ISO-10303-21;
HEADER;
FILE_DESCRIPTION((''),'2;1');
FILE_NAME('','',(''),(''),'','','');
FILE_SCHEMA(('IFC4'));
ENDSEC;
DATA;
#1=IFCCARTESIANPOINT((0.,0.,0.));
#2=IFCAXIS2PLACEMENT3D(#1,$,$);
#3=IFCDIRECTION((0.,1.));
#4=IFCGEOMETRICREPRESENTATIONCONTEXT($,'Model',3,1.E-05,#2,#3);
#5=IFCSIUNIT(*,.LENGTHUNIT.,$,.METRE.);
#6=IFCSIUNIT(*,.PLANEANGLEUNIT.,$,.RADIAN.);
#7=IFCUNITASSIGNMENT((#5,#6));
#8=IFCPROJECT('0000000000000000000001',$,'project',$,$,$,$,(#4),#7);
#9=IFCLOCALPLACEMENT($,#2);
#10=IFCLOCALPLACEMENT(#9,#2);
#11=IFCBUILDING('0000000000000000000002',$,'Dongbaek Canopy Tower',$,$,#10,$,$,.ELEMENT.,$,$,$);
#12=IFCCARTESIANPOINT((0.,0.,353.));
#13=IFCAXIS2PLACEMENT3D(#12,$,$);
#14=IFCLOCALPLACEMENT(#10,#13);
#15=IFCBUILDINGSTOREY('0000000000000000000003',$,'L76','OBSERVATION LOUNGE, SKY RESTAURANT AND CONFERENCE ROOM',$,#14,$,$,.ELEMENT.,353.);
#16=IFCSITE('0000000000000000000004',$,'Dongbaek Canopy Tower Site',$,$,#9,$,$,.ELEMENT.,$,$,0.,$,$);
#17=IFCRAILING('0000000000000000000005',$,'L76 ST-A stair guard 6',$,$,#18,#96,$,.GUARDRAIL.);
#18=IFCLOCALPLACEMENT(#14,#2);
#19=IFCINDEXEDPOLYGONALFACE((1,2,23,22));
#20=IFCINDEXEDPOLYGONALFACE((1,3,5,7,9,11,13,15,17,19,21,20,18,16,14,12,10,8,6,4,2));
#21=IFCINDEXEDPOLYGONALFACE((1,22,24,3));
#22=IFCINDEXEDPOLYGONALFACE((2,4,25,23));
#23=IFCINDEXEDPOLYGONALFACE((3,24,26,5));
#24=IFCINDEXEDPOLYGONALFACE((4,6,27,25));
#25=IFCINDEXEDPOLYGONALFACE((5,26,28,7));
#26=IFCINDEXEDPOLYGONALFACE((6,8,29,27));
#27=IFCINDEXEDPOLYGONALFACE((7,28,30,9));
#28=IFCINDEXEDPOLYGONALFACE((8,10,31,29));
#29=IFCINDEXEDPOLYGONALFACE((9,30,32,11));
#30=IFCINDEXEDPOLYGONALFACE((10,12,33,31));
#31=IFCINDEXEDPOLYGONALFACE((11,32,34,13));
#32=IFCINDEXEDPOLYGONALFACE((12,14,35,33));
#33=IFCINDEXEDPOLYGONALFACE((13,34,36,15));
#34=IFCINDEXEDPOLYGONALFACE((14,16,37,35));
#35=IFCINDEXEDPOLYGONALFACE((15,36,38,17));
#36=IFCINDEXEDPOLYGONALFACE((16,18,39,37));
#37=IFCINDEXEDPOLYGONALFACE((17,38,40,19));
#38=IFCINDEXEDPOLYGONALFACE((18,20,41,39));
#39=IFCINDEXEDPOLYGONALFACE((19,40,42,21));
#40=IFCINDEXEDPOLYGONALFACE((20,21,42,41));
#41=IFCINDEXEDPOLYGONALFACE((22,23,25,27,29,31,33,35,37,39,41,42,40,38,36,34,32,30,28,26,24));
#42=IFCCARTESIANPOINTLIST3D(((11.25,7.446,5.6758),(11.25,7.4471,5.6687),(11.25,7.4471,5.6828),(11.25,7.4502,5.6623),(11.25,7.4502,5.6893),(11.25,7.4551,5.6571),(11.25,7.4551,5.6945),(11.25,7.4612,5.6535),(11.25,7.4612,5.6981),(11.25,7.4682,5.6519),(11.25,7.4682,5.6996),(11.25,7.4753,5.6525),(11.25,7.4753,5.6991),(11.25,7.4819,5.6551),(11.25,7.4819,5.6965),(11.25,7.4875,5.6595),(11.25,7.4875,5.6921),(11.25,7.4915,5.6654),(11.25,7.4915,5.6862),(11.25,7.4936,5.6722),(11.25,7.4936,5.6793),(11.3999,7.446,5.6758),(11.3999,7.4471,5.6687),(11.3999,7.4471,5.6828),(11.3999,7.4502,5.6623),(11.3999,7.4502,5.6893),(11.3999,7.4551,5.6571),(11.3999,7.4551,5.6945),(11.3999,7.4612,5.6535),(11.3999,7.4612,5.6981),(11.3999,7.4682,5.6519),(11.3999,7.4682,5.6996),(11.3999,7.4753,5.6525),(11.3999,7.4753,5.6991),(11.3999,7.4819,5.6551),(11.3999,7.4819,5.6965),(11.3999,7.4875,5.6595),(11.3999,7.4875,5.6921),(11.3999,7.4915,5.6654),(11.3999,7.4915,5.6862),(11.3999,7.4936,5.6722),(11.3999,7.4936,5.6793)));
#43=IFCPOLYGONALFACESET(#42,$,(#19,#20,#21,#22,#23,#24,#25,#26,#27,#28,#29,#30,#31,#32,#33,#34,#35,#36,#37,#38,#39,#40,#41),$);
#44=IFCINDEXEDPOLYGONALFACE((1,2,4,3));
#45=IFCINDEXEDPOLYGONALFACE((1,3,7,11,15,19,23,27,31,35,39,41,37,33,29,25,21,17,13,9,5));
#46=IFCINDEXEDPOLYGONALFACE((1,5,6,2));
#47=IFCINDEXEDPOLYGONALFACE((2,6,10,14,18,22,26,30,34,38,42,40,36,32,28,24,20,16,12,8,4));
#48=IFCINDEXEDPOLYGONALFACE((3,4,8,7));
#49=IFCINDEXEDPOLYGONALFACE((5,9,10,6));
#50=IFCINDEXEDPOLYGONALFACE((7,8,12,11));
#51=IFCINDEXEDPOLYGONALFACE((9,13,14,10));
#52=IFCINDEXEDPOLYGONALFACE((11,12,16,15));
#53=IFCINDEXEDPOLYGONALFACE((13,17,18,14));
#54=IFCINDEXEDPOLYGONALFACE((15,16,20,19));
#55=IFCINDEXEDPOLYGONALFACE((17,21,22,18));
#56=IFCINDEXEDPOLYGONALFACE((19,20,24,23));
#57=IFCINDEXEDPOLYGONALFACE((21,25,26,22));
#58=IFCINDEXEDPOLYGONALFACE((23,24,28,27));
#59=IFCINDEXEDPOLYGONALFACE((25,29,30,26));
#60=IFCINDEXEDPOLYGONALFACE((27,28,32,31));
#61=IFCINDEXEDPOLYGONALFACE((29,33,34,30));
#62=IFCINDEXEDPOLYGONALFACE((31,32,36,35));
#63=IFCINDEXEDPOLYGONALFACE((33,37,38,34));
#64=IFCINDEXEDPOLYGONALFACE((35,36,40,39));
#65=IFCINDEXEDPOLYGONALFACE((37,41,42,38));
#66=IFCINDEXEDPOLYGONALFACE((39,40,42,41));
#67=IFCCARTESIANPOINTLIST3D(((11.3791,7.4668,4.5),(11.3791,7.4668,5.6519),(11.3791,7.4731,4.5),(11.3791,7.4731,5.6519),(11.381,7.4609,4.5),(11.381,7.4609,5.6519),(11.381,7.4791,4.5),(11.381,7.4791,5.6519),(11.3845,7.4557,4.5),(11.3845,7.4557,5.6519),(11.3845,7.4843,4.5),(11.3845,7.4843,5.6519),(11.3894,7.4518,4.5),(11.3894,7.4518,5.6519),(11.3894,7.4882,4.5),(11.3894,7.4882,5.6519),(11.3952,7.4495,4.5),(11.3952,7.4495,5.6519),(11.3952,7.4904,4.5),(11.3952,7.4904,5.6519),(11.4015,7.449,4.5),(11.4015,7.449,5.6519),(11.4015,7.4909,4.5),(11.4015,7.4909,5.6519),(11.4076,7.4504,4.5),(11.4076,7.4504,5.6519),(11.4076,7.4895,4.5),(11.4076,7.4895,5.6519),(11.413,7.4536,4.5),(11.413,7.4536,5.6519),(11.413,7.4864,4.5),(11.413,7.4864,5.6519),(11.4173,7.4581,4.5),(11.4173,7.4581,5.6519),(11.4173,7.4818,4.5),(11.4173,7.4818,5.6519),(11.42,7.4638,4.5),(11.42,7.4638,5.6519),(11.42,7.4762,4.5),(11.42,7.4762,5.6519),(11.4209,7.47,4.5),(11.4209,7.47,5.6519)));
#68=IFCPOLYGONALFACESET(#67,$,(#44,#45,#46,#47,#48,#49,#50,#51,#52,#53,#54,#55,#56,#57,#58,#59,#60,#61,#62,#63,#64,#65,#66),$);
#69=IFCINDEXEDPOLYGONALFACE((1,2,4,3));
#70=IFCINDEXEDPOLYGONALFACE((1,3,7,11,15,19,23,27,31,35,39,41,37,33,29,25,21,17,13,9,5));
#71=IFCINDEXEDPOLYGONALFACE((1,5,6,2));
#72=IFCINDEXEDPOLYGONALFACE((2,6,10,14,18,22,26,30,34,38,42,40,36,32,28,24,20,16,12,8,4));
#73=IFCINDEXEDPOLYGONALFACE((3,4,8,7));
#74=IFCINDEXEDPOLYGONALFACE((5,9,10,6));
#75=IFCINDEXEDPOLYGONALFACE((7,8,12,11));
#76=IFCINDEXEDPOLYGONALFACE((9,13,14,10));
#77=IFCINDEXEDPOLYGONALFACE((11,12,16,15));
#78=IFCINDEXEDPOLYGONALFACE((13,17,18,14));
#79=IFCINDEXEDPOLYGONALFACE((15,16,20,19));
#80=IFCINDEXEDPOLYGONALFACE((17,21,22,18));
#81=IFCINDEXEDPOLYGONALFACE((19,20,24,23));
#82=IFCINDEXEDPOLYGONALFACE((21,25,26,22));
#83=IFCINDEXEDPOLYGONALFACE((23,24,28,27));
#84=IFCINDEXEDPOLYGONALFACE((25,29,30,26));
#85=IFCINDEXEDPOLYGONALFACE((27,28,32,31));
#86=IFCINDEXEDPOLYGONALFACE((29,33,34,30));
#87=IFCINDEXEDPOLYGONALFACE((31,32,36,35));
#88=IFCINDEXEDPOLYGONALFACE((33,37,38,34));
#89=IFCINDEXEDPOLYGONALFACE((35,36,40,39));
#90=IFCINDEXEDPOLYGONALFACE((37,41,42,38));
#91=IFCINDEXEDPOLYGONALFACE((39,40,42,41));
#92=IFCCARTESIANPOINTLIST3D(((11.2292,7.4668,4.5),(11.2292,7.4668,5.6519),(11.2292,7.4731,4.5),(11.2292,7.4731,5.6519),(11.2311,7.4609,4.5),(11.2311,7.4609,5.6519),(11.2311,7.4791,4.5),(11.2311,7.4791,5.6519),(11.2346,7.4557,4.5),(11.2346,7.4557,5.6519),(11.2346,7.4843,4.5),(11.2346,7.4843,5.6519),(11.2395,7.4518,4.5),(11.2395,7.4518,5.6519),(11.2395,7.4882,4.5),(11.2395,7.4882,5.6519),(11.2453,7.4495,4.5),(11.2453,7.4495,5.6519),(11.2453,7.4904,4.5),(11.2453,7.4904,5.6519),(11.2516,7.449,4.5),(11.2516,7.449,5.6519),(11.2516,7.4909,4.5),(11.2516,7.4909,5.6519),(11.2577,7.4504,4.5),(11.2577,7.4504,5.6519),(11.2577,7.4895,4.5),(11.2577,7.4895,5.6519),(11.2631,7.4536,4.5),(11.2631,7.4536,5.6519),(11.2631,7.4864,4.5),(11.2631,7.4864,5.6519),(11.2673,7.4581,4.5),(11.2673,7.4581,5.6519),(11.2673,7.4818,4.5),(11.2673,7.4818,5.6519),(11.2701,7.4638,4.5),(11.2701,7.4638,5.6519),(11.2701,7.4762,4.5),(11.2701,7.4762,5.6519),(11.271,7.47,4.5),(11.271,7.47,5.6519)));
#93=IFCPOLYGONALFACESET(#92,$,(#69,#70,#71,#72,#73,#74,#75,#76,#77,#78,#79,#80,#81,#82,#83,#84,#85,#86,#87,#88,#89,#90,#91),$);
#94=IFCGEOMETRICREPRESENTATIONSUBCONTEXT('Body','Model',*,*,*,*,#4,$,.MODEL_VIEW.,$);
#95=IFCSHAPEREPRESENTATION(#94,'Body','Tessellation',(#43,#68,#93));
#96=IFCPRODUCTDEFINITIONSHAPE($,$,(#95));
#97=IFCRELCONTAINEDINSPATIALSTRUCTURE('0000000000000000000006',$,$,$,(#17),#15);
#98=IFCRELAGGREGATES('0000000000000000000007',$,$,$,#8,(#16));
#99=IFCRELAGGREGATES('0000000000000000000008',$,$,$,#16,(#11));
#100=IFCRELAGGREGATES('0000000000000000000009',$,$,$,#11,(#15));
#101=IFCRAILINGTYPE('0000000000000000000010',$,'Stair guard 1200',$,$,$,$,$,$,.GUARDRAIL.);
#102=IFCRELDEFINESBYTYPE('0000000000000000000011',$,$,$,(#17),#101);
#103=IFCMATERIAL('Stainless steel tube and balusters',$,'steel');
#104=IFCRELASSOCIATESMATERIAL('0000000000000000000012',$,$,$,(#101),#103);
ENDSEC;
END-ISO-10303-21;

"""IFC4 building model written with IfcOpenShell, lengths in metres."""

from ifc_helpers import new_model, si_unit, direction, frame, origin, origin_2d, place, context, subcontext, project, spatial, circle, extrude, material, type_object, element, save


model = new_model("IFC4")

# Units and contexts
model_context = context("Model", 3, precision=1e-05, world=origin(), true_north=direction((0.0, 1.0)))
body_context = subcontext(model_context, "Body", "Model", "MODEL_VIEW")
ifc_project = project(units=[si_unit("LENGTHUNIT", "METRE"), si_unit("PLANEANGLEUNIT", "RADIAN")], contexts=[model_context])

# Site, building, storey
site_placement = place(None, origin())
site = spatial("IfcSite", under=ifc_project, at=site_placement, Name="Dongbaek Canopy Tower Site", CompositionType="ELEMENT", RefElevation=0.0)
building_placement = place(site_placement, origin())
building = spatial("IfcBuilding", under=site, at=building_placement, Name="Dongbaek Canopy Tower", CompositionType="ELEMENT")
storey_placement = place(building_placement, frame((0.0, 0.0, 353.0)))
storey = spatial("IfcBuildingStorey", under=building, at=storey_placement, Name="L76", Description="OBSERVATION LOUNGE, SKY RESTAURANT AND CONFERENCE ROOM", CompositionType="ELEMENT", Elevation=353.0)

# Railing
ifc_material_1 = material(Name="Stainless steel tube and balusters", Category="steel")
railing_type_1 = type_object("IfcRailingType", Name="Stair guard 1200", PredefinedType="GUARDRAIL", material=ifc_material_1)
railing_1_placement = place(storey_placement, frame((11.3999, 7.47, 4.5)))
element("IfcRailing", 1, at=railing_1_placement, inside=storey, type_object=railing_type_1, Name="L76 ST-A stair guard 6", PredefinedType="GUARDRAIL", context=body_context, shape_type="SweptSolid", body=[
    extrude(circle(Radius=0.0239, at=origin_2d()), frame((0.0, 0.0, 1.1758), z_axis=(-1.0, 0.0, 0.0), x_axis=(0.0, -1.0, 0.0)), (0.0, 0.0, 1.0), 0.1499),
    extrude(circle(Radius=0.021, at=origin_2d()), origin(), (0.0, 0.0, 1.0), 1.1519),
    extrude(circle(Radius=0.021, at=origin_2d()), frame((-0.1499, 0.0, 0.0)), (0.0, 0.0, 1.0), 1.1519),
])

save(model, "model.ifc")
